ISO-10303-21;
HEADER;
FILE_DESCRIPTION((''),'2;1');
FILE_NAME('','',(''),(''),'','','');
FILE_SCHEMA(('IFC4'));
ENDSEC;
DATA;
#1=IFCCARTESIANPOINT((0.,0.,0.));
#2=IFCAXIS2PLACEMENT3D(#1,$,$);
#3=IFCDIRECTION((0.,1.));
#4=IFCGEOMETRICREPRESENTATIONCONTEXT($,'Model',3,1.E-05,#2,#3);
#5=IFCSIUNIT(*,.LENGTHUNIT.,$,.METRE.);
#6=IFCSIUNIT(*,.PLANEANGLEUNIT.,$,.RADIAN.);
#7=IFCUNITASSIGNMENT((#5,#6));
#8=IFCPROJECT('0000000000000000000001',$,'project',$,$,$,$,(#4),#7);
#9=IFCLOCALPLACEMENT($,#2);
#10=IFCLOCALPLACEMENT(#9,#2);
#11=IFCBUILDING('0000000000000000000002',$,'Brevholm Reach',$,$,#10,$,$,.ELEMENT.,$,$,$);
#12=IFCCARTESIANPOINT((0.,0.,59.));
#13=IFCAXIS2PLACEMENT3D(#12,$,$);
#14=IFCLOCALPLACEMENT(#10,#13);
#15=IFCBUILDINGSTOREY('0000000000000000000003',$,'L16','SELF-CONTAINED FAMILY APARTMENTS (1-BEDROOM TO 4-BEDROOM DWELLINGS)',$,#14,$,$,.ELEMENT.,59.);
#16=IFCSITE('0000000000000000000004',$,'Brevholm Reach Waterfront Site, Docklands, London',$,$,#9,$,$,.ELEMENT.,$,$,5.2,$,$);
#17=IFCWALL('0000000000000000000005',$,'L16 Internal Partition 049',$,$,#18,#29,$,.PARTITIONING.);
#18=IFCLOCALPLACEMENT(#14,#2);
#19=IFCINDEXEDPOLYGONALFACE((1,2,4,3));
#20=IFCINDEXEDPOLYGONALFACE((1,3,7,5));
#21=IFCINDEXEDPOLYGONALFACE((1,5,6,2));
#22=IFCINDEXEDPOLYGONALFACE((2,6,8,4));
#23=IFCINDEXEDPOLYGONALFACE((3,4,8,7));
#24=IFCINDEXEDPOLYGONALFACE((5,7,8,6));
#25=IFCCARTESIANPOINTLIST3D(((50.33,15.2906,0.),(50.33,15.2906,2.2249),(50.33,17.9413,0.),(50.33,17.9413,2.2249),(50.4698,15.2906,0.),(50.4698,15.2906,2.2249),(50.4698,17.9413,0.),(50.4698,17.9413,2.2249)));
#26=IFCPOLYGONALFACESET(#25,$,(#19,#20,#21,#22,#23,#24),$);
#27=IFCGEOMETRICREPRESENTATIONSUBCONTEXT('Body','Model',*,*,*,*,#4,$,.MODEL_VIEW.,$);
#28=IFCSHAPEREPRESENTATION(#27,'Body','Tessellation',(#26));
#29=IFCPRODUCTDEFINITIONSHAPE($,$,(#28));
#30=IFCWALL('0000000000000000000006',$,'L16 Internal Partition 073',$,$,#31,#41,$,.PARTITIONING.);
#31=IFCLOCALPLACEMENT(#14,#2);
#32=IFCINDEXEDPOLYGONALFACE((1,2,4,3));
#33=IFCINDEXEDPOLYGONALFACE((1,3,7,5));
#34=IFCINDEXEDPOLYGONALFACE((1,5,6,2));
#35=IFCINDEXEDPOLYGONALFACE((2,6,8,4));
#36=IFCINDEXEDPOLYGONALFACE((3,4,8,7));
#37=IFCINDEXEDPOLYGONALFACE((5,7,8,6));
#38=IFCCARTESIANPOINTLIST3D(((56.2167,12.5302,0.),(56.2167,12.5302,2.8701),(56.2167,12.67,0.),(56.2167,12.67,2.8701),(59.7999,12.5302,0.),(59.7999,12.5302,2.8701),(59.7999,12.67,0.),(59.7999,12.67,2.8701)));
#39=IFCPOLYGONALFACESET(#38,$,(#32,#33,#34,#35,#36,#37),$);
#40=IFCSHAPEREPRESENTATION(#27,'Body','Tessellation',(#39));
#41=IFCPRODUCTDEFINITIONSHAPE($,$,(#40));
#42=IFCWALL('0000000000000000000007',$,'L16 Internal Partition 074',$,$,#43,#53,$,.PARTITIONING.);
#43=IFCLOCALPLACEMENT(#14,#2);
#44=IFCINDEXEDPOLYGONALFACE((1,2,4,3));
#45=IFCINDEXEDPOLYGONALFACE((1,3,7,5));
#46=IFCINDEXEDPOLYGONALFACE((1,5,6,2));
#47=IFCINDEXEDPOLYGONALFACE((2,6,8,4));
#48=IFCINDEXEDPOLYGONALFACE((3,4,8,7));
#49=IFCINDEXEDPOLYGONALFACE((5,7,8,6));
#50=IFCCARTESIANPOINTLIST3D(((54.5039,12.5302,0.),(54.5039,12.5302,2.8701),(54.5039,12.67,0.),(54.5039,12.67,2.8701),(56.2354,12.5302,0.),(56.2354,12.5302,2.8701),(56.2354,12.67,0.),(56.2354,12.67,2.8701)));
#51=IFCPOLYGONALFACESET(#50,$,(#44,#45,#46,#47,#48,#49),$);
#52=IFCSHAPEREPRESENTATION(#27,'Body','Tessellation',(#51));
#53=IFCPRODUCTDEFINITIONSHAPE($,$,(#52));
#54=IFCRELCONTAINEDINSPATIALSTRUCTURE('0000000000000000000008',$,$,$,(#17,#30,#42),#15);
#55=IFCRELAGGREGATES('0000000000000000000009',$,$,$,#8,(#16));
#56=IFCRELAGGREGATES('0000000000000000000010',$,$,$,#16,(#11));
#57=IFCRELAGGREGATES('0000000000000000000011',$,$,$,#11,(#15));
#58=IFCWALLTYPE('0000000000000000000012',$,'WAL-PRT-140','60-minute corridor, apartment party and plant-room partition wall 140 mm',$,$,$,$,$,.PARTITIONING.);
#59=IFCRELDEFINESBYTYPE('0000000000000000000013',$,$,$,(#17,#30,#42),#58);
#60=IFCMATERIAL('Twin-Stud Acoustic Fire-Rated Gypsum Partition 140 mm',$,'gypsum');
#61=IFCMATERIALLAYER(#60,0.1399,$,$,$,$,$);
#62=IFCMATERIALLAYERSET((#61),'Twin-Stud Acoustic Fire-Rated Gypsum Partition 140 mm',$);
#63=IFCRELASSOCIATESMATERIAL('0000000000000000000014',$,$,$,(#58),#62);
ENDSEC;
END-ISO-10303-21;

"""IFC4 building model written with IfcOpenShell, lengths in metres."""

from ifc_helpers import new_model, si_unit, direction, frame, frame_2d, origin, place, context, subcontext, project, spatial, rectangle, extrude, material, layer, layer_set, type_object, element, save


model = new_model("IFC4")

# Units and contexts
model_context = context("Model", 3, precision=1e-05, world=origin(), true_north=direction((0.0, 1.0)))
body_context = subcontext(model_context, "Body", "Model", "MODEL_VIEW")
ifc_project = project(units=[si_unit("LENGTHUNIT", "METRE"), si_unit("PLANEANGLEUNIT", "RADIAN")], contexts=[model_context])

# Site, building, storey
site_placement = place(None, origin())
site = spatial("IfcSite", under=ifc_project, at=site_placement, Name="Brevholm Reach Waterfront Site, Docklands, London", CompositionType="ELEMENT", RefElevation=5.2)
building_placement = place(site_placement, origin())
building = spatial("IfcBuilding", under=site, at=building_placement, Name="Brevholm Reach", CompositionType="ELEMENT")
storey_placement = place(building_placement, frame((0.0, 0.0, 59.0)))
storey = spatial("IfcBuildingStorey", under=building, at=storey_placement, Name="L16", Description="SELF-CONTAINED FAMILY APARTMENTS (1-BEDROOM TO 4-BEDROOM DWELLINGS)", CompositionType="ELEMENT", Elevation=59.0)

# Shared definitions
ifc_material_1 = material(Name="Twin-Stud Acoustic Fire-Rated Gypsum Partition 140 mm", Category="gypsum")
ifc_layer_1 = layer(ifc_material_1, 0.1399)
ifc_layer_set_1 = layer_set([ifc_layer_1], Name="Twin-Stud Acoustic Fire-Rated Gypsum Partition 140 mm")
wall_type_1 = type_object("IfcWallType", Name="WAL-PRT-140", Description="60-minute corridor, apartment party and plant-room partition wall 140 mm", PredefinedType="PARTITIONING", material=ifc_layer_set_1)

# Walls
wall_1_placement = place(storey_placement, frame((50.3999, 15.2908, 0.0), z_axis=(0.0, 0.0, 1.0), x_axis=(0.0, 1.0, 0.0)))
element("IfcWall", 1, at=wall_1_placement, inside=storey, type_object=wall_type_1, Name="L16 Internal Partition 049", PredefinedType="PARTITIONING", context=body_context, shape_type="SweptSolid", body=[
    extrude(rectangle(XDim=2.6506, YDim=0.1399, at=frame_2d((1.3252, 0.0))), origin(), (0.0, 0.0, 1.0), 2.2249),
])
wall_2_placement = place(storey_placement, frame((56.2168, 12.6001, 0.0), z_axis=(0.0, 0.0, 1.0), x_axis=(1.0, 0.0, 0.0)))
element("IfcWall", 2, at=wall_2_placement, inside=storey, type_object=wall_type_1, Name="L16 Internal Partition 073", PredefinedType="PARTITIONING", context=body_context, shape_type="SweptSolid", body=[
    extrude(rectangle(XDim=3.5833, YDim=0.1399, at=frame_2d((1.7915, 0.0))), origin(), (0.0, 0.0, 1.0), 2.8701),
])
wall_3_placement = place(storey_placement, frame((54.5039, 12.6001, 0.0), z_axis=(0.0, 0.0, 1.0), x_axis=(1.0, 0.0, 0.0)))
element("IfcWall", 3, at=wall_3_placement, inside=storey, type_object=wall_type_1, Name="L16 Internal Partition 074", PredefinedType="PARTITIONING", context=body_context, shape_type="SweptSolid", body=[
    extrude(rectangle(XDim=1.7314, YDim=0.1399, at=frame_2d((0.8657, 0.0))), origin(), (0.0, 0.0, 1.0), 2.8701),
])

save(model, "model.ifc")
